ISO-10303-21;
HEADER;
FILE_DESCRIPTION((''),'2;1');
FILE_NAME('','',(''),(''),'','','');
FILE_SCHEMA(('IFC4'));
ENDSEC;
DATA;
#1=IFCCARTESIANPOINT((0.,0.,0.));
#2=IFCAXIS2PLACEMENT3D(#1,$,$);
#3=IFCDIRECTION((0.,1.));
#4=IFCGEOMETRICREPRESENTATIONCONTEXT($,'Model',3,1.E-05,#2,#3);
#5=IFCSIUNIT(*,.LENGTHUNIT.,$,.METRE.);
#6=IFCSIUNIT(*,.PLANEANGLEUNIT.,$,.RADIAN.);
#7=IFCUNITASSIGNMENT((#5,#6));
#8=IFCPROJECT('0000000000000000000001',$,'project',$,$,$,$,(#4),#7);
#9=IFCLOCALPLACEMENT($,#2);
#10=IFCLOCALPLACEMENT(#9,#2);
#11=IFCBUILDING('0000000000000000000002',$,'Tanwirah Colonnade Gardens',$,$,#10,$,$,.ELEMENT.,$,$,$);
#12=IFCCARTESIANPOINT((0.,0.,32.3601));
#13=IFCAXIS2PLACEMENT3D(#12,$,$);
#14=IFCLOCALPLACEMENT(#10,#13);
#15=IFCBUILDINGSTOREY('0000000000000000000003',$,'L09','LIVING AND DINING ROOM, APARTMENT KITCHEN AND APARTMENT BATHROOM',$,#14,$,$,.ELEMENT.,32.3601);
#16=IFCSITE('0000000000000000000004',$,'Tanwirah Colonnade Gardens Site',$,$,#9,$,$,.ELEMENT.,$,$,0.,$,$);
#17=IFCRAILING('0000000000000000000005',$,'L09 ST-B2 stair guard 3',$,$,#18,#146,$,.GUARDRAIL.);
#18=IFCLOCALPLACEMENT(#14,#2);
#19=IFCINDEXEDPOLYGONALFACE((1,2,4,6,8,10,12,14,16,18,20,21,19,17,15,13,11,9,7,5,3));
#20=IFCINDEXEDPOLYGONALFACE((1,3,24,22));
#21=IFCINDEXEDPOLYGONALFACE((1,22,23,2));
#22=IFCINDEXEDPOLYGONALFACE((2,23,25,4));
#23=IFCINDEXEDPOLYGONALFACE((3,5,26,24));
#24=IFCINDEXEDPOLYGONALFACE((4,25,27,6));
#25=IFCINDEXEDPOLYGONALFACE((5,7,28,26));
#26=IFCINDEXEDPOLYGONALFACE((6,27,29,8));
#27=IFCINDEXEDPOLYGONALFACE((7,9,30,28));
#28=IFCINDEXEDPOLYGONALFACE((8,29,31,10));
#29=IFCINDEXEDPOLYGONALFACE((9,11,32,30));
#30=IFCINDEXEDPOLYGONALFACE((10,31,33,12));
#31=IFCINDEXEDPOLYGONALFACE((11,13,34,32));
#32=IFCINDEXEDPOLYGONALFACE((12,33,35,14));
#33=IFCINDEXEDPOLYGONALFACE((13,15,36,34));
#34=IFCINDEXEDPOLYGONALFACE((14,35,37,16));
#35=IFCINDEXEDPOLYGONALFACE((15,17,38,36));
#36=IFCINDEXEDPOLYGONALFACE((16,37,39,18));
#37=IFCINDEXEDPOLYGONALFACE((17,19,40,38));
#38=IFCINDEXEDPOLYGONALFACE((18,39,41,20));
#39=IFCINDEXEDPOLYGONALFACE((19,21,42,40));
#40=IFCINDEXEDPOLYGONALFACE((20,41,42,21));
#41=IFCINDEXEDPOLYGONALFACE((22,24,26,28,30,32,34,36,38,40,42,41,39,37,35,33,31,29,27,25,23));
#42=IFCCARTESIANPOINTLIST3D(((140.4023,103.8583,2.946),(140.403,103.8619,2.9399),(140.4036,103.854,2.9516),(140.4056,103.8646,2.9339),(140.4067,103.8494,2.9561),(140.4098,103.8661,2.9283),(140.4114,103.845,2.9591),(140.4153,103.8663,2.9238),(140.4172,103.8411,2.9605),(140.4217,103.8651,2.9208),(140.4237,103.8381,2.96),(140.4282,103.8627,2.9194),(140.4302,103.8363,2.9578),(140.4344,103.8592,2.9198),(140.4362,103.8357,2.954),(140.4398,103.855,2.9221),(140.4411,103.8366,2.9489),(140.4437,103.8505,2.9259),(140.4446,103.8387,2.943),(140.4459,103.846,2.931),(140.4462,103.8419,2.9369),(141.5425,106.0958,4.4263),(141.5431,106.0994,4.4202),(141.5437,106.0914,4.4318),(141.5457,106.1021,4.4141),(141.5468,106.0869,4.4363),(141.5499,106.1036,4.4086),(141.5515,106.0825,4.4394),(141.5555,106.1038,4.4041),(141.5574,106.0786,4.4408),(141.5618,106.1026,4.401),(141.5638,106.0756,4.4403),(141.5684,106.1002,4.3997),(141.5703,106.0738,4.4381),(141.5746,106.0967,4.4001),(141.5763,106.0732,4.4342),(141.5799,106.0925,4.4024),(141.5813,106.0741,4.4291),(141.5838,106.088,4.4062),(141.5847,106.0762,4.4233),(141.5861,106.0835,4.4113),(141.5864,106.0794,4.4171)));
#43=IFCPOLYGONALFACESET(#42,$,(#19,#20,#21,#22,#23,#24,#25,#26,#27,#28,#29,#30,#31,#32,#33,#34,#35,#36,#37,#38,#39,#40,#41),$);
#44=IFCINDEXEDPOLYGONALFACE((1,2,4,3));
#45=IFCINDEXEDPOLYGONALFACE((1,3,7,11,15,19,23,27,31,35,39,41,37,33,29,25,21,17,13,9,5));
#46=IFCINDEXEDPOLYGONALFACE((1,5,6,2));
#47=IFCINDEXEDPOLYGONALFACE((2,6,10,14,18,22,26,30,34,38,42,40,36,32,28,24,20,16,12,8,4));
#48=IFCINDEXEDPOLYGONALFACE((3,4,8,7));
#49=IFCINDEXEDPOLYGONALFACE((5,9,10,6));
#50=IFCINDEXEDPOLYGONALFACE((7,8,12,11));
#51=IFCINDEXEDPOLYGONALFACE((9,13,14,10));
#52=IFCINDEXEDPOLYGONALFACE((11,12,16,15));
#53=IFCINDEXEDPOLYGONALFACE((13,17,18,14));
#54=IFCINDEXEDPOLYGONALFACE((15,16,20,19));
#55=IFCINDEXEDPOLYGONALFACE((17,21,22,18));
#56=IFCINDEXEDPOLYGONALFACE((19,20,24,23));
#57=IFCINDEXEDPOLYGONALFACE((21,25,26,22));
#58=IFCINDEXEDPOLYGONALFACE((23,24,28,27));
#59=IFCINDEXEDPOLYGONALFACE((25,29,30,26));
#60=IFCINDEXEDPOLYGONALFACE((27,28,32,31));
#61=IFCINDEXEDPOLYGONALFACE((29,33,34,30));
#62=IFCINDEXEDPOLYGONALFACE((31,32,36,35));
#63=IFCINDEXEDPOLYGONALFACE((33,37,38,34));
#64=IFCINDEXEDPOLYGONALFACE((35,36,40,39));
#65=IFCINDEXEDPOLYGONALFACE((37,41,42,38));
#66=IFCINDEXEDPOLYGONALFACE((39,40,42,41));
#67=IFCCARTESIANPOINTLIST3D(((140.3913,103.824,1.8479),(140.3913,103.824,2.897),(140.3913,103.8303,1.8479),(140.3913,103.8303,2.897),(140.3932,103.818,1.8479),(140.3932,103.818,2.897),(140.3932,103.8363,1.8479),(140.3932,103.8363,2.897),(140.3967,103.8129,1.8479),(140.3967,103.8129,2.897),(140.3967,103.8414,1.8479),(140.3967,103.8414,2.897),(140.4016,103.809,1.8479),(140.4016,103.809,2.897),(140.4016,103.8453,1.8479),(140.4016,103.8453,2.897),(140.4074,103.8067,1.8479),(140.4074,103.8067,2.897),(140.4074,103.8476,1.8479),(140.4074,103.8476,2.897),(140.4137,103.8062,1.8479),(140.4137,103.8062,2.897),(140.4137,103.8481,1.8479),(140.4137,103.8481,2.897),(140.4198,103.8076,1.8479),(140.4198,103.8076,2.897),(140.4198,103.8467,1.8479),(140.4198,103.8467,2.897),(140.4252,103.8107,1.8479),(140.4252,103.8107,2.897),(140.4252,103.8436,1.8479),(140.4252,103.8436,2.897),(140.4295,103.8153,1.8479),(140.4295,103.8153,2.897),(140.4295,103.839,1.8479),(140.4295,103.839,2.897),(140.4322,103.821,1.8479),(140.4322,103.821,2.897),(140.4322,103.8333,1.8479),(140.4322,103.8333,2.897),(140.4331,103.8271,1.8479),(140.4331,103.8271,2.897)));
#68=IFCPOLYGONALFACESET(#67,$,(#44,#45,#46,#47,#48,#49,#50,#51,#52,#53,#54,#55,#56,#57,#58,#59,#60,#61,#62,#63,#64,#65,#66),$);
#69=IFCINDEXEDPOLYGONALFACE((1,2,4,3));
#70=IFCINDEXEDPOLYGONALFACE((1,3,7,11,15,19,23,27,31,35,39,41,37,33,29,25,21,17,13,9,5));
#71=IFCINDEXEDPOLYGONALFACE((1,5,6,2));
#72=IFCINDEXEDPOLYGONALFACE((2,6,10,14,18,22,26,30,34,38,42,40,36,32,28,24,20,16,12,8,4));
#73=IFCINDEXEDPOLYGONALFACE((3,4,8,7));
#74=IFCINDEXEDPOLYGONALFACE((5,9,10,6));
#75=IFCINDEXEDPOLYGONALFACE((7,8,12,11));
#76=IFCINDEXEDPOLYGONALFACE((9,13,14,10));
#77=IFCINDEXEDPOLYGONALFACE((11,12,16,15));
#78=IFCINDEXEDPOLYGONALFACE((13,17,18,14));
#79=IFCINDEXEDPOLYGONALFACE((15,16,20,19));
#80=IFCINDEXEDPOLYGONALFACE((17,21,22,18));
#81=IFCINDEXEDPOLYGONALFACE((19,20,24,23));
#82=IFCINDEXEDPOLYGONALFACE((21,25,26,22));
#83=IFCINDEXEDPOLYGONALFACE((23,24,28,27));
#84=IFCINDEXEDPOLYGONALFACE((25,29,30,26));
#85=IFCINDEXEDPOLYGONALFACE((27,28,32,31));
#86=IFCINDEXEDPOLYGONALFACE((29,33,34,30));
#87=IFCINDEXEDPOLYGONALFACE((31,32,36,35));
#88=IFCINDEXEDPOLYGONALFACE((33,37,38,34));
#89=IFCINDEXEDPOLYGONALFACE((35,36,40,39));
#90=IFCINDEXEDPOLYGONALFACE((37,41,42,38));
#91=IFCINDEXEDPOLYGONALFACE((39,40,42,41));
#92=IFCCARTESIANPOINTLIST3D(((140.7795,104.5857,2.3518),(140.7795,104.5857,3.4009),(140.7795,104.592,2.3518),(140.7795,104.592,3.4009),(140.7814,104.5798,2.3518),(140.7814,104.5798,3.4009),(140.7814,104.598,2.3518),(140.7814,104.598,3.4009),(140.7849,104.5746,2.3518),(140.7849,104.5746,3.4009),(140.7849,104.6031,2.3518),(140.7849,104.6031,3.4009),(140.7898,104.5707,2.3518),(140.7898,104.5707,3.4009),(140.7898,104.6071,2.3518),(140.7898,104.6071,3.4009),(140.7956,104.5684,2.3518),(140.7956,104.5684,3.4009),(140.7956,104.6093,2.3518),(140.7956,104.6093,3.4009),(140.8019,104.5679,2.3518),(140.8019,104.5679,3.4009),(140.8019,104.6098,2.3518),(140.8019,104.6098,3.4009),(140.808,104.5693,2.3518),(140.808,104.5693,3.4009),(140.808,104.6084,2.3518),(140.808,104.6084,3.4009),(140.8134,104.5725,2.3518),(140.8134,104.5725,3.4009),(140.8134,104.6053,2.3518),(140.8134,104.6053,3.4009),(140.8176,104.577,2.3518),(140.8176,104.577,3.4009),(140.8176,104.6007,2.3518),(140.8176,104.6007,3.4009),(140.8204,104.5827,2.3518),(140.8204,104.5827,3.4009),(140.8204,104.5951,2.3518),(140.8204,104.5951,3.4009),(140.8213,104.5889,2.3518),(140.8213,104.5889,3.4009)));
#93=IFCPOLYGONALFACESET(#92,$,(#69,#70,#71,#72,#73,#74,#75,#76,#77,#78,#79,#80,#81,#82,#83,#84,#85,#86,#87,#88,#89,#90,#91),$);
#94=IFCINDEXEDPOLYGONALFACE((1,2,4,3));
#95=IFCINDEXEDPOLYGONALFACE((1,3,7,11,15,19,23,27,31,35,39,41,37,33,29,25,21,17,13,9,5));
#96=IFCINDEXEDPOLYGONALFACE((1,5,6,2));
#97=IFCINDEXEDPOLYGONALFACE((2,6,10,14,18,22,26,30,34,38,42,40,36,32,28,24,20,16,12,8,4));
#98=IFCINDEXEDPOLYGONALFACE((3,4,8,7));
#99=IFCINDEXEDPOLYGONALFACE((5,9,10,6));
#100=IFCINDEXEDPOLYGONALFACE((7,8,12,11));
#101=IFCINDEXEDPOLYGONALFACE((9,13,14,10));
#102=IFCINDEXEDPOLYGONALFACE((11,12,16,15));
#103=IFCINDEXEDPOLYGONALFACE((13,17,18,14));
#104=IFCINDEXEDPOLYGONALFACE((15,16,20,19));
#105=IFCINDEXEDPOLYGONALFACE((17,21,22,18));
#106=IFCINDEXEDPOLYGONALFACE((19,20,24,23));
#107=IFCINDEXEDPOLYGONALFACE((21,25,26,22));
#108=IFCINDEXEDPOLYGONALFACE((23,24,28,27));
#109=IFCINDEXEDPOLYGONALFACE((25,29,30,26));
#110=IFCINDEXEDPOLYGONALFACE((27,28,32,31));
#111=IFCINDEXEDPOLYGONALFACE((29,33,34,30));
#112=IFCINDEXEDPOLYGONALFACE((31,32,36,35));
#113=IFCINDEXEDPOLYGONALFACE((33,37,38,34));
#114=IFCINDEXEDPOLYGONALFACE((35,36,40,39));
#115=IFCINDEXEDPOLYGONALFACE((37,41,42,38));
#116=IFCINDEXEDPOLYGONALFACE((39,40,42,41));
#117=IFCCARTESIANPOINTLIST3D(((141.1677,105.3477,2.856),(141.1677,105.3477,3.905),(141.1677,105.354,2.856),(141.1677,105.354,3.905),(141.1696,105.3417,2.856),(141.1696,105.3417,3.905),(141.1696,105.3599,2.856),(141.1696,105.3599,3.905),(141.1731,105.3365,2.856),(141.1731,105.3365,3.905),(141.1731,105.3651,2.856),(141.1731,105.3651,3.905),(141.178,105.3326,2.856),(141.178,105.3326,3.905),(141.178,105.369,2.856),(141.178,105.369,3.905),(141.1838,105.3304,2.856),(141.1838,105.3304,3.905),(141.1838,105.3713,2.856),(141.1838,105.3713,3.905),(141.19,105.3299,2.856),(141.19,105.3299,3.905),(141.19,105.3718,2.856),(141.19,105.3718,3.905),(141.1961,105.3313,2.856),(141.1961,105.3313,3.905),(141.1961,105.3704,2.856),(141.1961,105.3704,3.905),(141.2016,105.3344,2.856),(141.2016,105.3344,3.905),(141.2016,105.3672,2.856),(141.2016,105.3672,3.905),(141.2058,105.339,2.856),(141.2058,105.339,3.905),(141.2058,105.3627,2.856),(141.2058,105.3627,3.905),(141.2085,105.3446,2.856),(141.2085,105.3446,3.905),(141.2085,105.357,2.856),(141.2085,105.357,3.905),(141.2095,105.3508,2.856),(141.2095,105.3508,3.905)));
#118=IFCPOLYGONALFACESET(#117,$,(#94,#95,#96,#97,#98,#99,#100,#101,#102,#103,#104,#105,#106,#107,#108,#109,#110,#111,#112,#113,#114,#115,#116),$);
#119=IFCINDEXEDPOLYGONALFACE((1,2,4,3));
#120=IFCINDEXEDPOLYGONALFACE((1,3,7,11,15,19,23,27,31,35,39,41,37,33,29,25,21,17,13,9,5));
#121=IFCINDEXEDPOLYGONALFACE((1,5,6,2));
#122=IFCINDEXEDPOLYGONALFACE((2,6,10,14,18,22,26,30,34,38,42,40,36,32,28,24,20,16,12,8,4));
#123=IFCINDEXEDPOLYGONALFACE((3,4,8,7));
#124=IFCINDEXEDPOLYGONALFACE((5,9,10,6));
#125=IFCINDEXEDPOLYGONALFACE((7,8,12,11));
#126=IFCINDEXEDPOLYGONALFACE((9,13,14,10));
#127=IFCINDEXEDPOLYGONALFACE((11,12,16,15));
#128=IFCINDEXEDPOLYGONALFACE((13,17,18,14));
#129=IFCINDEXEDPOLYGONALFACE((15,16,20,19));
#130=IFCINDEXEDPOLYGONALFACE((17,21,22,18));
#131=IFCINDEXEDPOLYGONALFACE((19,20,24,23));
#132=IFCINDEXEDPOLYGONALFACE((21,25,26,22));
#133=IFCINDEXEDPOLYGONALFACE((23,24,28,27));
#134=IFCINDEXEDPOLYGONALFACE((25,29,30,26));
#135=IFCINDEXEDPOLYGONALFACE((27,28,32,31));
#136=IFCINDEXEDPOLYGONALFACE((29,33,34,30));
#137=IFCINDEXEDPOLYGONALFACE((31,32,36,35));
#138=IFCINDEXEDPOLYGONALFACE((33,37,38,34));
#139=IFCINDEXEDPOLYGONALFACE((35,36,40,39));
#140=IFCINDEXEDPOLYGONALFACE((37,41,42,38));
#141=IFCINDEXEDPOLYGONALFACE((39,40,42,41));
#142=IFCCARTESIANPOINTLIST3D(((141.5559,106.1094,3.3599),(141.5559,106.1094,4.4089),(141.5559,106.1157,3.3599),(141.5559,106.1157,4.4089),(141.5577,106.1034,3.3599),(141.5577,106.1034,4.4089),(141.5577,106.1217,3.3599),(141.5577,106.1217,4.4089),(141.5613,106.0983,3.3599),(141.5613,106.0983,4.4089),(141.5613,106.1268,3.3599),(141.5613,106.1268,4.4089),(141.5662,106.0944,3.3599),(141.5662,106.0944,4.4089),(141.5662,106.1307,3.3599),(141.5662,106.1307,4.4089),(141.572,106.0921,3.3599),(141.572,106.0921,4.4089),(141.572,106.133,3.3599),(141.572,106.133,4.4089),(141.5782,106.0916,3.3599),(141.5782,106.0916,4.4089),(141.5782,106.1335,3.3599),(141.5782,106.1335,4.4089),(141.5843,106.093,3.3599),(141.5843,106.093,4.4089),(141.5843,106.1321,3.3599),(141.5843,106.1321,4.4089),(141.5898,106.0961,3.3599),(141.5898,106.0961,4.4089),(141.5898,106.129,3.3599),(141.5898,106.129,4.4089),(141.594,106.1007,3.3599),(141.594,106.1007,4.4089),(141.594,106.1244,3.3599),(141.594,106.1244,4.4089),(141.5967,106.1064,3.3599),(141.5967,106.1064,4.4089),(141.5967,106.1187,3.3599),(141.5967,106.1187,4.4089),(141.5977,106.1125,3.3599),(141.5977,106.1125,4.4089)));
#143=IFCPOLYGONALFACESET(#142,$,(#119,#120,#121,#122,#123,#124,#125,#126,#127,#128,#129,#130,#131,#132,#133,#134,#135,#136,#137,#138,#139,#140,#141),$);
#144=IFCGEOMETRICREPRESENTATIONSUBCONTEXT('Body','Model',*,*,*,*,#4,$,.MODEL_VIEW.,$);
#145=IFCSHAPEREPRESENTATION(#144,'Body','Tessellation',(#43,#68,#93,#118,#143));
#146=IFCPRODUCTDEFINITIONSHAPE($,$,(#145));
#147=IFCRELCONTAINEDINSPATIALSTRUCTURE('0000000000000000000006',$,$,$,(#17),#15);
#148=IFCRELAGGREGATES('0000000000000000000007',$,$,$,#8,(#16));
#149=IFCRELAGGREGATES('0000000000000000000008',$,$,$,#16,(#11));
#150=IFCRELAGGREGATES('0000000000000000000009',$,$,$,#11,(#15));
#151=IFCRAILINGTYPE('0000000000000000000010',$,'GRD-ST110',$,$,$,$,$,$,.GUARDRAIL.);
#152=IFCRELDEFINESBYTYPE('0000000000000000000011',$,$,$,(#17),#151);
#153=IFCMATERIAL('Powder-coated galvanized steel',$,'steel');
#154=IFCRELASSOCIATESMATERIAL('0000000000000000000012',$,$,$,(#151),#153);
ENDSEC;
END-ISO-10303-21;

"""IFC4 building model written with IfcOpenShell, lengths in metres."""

from ifc_helpers import new_model, si_unit, direction, frame, origin, origin_2d, place, context, subcontext, project, spatial, circle, extrude, material, type_object, element, save


model = new_model("IFC4")

# Units and contexts
model_context = context("Model", 3, precision=1e-05, world=origin(), true_north=direction((0.0, 1.0)))
body_context = subcontext(model_context, "Body", "Model", "MODEL_VIEW")
ifc_project = project(units=[si_unit("LENGTHUNIT", "METRE"), si_unit("PLANEANGLEUNIT", "RADIAN")], contexts=[model_context])

# Site, building, storey
site_placement = place(None, origin())
site = spatial("IfcSite", under=ifc_project, at=site_placement, Name="Tanwirah Colonnade Gardens Site", CompositionType="ELEMENT", RefElevation=0.0)
building_placement = place(site_placement, origin())
building = spatial("IfcBuilding", under=site, at=building_placement, Name="Tanwirah Colonnade Gardens", CompositionType="ELEMENT")
storey_placement = place(building_placement, frame((0.0, 0.0, 32.3601)))
storey = spatial("IfcBuildingStorey", under=building, at=storey_placement, Name="L09", Description="LIVING AND DINING ROOM, APARTMENT KITCHEN AND APARTMENT BATHROOM", CompositionType="ELEMENT", Elevation=32.3601)

# Railing
ifc_material_1 = material(Name="Powder-coated galvanized steel", Category="steel")
railing_type_1 = type_object("IfcRailingType", Name="GRD-ST110", PredefinedType="GUARDRAIL", material=ifc_material_1)
railing_1_placement = place(storey_placement, frame((140.4121, 103.8271, 1.8479)))
element("IfcRailing", 1, at=railing_1_placement, inside=storey, type_object=railing_type_1, Name="L09 ST-B2 stair guard 3", PredefinedType="GUARDRAIL", context=body_context, shape_type="SweptSolid", body=[
    extrude(circle(Radius=0.0239, at=origin_2d()), frame((0.0122, 0.0239, 1.092), z_axis=(0.391122, 0.767567, 0.507803), x_axis=(-0.890994, 0.454016, 0.0)), (0.0, 0.0, 1.0), 2.915),
    extrude(circle(Radius=0.021, at=origin_2d()), origin(), (0.0, 0.0, 1.0), 1.0491),
    extrude(circle(Radius=0.021, at=origin_2d()), frame((0.3882, 0.7617, 0.5039)), (0.0, 0.0, 1.0), 1.0491),
    extrude(circle(Radius=0.021, at=origin_2d()), frame((0.7764, 1.5237, 1.0081)), (0.0, 0.0, 1.0), 1.0491),
    extrude(circle(Radius=0.021, at=origin_2d()), frame((1.1646, 2.2854, 1.512)), (0.0, 0.0, 1.0), 1.0491),
])

save(model, "model.ifc")
